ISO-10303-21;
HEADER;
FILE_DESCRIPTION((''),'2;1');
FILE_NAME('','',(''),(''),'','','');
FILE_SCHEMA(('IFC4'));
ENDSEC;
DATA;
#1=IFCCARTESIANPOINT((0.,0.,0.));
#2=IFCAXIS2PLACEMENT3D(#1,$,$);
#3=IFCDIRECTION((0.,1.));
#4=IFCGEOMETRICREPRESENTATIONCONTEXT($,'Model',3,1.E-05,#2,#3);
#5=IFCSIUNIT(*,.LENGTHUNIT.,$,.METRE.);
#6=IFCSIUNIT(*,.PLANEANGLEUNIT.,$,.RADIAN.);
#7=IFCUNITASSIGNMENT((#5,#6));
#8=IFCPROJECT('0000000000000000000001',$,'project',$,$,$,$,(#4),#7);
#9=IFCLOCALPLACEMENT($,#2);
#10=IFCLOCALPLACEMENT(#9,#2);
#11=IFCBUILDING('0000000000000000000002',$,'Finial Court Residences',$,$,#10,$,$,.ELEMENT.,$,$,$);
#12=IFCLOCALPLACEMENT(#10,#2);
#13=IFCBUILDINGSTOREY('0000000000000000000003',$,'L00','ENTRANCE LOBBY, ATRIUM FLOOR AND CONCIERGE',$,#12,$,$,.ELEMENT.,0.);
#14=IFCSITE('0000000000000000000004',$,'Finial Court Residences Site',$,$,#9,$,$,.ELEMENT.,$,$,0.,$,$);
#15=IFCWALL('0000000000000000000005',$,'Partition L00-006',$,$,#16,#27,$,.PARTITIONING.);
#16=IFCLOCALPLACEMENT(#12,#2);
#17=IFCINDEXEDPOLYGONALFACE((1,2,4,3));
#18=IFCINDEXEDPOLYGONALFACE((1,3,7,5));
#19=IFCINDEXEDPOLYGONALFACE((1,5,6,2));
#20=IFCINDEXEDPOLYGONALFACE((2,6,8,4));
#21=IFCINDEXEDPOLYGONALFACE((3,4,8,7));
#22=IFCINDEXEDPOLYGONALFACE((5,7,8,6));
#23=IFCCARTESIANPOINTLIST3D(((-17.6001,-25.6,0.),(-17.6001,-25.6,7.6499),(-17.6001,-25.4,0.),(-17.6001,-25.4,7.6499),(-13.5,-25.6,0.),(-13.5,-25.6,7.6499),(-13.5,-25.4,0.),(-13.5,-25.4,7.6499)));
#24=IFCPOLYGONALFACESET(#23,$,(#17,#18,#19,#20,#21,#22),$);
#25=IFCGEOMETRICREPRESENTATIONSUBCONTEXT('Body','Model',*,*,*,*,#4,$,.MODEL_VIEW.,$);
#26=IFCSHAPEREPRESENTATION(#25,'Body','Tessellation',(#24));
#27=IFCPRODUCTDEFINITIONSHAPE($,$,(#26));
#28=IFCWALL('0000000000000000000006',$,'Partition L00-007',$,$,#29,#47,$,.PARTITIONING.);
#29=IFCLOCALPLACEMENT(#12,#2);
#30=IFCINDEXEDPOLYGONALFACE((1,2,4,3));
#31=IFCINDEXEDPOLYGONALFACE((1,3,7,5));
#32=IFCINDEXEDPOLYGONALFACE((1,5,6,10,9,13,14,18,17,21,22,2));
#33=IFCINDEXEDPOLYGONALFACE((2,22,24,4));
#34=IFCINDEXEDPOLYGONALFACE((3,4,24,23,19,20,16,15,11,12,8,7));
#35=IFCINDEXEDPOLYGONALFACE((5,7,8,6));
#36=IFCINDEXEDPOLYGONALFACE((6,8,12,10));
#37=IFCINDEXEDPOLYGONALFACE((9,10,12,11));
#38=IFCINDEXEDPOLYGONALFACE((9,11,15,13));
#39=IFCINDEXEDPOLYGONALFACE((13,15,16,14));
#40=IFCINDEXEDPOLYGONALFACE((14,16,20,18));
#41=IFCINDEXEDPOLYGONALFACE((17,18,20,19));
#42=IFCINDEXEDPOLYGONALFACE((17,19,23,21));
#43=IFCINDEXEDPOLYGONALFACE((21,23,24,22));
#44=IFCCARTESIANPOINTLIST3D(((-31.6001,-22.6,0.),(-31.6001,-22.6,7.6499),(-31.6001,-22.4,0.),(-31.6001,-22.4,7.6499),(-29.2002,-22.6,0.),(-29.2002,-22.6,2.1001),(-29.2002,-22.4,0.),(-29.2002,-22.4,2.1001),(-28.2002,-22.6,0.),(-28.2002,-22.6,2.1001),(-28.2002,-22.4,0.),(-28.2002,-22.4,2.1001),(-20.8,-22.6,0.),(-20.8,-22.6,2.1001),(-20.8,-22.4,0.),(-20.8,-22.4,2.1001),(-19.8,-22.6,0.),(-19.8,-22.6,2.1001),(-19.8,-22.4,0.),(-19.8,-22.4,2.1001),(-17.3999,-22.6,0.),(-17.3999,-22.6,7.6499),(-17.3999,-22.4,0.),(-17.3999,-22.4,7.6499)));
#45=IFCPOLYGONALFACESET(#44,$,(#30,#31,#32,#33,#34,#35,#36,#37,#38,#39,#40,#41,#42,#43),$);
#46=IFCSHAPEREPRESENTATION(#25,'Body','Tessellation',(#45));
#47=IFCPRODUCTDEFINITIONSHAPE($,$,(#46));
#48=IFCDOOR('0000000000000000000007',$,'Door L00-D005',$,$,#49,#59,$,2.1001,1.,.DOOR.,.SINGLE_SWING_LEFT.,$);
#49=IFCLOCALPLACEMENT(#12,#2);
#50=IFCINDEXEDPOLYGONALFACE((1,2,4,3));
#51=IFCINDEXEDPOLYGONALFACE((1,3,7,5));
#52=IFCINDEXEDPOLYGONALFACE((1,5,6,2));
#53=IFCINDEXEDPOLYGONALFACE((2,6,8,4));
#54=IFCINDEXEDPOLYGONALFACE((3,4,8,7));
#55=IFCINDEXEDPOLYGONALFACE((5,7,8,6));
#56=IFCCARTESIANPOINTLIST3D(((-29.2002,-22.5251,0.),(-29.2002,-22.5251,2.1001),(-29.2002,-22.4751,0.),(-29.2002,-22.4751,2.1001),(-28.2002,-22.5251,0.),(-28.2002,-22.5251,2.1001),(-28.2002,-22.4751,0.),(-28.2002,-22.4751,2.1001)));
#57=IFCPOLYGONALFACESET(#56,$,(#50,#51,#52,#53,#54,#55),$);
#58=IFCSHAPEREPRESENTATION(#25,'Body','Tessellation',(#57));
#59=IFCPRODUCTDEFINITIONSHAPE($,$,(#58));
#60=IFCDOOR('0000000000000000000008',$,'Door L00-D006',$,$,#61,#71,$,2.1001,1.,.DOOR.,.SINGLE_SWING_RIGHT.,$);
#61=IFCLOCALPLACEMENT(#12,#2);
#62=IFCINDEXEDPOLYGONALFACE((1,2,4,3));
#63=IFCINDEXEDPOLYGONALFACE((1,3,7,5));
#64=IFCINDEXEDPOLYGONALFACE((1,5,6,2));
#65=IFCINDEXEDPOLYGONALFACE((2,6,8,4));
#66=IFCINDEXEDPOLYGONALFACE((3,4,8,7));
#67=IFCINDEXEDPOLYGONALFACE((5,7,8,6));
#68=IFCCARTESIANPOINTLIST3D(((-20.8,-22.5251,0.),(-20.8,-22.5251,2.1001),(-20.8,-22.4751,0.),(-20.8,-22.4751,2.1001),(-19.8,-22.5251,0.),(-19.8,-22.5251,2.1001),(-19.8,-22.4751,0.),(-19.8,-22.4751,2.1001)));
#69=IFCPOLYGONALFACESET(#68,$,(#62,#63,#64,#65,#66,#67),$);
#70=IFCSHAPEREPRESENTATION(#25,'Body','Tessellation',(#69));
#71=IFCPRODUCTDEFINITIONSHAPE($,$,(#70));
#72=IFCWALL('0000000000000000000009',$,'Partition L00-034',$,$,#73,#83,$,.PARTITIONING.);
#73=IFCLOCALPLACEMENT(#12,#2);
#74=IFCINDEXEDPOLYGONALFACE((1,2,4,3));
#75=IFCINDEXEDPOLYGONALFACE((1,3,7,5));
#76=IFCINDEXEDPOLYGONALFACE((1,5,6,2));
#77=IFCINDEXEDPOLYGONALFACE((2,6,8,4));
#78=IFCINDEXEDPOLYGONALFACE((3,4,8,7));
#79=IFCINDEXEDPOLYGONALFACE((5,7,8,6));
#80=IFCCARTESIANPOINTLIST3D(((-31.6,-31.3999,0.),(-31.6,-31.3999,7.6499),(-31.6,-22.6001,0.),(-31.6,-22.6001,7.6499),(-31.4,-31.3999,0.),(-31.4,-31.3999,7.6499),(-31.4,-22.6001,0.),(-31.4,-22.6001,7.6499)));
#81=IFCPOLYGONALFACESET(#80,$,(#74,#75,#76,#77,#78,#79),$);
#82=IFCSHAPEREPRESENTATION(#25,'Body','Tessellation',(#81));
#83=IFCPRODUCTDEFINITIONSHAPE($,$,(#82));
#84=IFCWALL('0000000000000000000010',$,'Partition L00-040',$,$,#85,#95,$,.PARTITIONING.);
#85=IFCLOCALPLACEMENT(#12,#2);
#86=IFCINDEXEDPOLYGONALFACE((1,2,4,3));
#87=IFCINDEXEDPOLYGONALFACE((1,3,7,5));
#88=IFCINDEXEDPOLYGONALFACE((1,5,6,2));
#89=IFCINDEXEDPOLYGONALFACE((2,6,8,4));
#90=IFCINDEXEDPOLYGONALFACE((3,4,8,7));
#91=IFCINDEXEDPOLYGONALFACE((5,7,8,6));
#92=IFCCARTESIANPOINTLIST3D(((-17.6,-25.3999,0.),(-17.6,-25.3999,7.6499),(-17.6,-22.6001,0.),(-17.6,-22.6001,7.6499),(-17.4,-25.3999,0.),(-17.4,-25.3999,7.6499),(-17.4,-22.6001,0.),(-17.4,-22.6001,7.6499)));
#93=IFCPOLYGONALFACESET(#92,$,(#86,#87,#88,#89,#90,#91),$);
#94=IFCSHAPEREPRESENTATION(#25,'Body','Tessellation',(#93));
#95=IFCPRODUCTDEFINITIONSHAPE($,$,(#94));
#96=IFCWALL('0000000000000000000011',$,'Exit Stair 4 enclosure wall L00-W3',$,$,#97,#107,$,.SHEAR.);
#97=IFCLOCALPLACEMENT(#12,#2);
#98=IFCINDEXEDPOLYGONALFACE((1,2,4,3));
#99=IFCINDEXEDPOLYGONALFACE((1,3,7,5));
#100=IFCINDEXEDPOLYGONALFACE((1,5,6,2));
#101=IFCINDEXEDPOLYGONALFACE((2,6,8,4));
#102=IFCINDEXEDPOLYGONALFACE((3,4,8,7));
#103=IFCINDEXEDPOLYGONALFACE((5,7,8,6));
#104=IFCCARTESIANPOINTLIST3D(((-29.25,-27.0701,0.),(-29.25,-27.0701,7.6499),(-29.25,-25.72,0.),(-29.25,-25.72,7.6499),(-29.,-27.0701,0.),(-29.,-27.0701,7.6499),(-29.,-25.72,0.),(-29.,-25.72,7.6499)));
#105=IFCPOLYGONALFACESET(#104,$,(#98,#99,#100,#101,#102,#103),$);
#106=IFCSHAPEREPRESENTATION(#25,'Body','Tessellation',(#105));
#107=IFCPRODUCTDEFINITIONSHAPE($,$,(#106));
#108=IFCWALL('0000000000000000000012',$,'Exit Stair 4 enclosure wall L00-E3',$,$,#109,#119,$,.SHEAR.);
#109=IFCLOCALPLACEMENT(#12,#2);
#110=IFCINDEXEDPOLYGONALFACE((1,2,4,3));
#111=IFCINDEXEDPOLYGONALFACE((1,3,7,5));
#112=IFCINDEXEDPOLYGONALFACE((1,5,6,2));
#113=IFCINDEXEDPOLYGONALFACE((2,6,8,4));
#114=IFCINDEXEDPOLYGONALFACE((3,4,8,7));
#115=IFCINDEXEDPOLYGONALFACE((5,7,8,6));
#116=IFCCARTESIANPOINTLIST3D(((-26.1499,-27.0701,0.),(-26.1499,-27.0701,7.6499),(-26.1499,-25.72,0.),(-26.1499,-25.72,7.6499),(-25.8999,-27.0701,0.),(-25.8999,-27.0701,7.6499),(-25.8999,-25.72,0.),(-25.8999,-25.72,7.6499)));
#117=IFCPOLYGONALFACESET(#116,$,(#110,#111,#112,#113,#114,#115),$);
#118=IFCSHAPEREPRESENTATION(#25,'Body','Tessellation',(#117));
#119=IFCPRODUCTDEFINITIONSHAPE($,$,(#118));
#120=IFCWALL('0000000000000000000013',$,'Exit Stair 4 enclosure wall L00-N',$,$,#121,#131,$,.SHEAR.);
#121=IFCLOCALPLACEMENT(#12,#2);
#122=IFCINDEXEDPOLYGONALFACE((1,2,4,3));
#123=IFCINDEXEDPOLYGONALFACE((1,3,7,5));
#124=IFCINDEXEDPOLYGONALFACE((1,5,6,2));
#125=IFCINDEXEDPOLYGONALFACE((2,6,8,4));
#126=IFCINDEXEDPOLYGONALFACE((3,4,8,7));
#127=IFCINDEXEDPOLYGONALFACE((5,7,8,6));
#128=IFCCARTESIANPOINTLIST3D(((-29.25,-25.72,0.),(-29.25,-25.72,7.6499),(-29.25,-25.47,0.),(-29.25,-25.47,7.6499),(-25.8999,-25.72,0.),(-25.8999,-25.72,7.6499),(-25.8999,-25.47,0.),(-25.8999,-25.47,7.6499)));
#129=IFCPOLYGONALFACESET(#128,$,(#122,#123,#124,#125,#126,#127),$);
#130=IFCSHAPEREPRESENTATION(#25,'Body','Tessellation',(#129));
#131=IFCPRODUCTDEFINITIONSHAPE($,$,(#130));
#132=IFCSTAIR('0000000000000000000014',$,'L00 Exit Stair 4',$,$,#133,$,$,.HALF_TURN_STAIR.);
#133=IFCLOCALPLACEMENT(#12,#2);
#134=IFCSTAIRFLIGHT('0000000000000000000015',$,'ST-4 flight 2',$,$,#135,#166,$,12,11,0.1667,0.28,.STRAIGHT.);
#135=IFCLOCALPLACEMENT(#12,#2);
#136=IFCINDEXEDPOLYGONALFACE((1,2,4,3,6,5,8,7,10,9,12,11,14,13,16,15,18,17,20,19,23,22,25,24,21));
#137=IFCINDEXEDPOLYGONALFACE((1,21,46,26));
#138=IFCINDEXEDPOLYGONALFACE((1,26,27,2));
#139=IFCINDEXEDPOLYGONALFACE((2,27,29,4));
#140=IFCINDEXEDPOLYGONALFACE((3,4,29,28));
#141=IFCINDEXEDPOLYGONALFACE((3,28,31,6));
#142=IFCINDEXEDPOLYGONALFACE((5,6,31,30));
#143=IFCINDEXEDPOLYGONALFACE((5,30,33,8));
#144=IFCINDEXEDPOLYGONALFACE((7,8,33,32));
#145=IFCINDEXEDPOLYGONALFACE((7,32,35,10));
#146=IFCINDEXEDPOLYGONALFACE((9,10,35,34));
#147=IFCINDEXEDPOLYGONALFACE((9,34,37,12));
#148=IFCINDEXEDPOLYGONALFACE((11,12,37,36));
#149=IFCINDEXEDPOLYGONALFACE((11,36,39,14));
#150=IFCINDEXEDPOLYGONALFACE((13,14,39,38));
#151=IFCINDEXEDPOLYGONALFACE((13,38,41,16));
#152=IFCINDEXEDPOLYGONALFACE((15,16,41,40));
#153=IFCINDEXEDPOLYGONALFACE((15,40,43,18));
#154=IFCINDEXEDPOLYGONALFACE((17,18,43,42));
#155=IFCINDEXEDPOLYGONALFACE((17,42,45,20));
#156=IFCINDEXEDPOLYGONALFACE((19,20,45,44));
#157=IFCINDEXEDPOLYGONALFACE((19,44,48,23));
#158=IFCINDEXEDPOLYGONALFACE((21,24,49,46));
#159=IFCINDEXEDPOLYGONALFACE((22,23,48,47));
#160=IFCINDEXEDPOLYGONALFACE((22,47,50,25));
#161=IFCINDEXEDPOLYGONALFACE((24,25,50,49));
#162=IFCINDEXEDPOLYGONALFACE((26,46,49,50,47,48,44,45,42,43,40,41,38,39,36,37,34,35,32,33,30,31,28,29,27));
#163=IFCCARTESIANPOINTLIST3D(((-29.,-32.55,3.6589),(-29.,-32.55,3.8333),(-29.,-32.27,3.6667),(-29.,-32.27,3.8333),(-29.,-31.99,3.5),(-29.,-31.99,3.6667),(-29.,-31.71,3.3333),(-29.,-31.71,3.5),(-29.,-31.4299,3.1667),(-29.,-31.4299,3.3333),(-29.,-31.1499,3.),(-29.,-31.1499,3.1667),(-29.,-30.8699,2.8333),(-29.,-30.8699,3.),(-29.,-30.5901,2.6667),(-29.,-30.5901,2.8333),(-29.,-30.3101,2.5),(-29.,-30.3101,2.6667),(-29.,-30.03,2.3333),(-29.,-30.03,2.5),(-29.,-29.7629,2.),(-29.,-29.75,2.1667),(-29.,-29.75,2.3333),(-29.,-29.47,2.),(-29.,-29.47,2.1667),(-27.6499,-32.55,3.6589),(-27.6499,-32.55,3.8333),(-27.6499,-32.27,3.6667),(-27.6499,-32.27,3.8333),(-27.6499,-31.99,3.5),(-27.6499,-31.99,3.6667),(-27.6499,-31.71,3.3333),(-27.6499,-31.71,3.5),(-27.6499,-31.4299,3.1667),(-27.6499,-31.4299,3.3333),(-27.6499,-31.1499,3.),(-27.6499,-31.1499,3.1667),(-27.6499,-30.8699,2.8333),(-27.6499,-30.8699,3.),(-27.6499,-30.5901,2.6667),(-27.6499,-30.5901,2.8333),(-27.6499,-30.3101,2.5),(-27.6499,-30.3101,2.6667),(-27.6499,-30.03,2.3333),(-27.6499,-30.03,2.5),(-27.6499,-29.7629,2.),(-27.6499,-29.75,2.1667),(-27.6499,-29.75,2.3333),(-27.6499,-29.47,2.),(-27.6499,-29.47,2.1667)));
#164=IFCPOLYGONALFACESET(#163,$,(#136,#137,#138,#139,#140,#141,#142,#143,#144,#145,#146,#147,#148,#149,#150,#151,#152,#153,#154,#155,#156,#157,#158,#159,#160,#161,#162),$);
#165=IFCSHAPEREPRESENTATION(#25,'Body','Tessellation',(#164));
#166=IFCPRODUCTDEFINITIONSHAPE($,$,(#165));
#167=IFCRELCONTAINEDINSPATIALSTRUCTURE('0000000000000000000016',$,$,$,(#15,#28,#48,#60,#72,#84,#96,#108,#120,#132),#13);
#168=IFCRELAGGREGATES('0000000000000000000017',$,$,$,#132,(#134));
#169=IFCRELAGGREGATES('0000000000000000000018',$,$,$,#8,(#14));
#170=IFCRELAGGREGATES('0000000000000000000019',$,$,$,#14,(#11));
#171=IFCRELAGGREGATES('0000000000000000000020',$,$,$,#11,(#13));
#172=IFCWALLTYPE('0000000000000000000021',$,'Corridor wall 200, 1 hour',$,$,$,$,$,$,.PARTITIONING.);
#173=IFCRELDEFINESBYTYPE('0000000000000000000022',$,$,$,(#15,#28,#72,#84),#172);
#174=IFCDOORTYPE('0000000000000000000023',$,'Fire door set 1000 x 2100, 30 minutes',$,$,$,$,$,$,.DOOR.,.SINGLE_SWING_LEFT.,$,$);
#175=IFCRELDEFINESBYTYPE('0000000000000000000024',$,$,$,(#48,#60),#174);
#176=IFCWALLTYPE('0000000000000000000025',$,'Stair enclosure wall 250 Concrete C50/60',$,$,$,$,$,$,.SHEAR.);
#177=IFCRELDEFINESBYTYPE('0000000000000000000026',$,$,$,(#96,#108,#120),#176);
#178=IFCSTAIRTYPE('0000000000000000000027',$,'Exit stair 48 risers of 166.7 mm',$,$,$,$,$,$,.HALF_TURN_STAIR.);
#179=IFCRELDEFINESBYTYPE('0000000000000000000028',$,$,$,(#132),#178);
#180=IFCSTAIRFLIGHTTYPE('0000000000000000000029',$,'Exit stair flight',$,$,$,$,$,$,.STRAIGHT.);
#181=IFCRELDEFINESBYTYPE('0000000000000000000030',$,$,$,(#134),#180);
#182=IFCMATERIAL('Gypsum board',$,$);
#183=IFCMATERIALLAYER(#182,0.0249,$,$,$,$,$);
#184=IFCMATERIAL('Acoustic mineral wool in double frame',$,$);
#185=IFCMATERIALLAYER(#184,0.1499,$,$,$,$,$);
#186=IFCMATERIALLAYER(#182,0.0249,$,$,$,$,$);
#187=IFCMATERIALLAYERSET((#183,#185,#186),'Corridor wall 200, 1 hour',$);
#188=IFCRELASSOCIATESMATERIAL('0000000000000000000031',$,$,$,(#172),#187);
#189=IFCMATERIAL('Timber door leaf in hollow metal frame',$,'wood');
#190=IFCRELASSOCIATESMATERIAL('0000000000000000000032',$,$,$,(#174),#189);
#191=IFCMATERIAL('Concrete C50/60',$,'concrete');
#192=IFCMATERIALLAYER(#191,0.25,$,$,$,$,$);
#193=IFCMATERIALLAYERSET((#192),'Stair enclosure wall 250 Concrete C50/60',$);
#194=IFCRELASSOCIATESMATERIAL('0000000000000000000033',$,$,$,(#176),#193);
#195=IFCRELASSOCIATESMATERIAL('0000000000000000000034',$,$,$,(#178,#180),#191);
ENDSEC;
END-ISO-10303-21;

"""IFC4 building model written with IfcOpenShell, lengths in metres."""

from ifc_helpers import new_model, si_unit, direction, frame, frame_2d, origin, place, context, subcontext, project, spatial, polyline, rectangle, outline, extrude, material, layer, layer_set, type_object, element, fill, aggregate, save


model = new_model("IFC4")

# Units and contexts
model_context = context("Model", 3, precision=1e-05, world=origin(), true_north=direction((0.0, 1.0)))
body_context = subcontext(model_context, "Body", "Model", "MODEL_VIEW")
ifc_project = project(units=[si_unit("LENGTHUNIT", "METRE"), si_unit("PLANEANGLEUNIT", "RADIAN")], contexts=[model_context])

# Site, building, storey
site_placement = place(None, origin())
site = spatial("IfcSite", under=ifc_project, at=site_placement, Name="Finial Court Residences Site", CompositionType="ELEMENT", RefElevation=0.0)
building_placement = place(site_placement, origin())
building = spatial("IfcBuilding", under=site, at=building_placement, Name="Finial Court Residences", CompositionType="ELEMENT")
storey_placement = place(building_placement, origin())
storey = spatial("IfcBuildingStorey", under=building, at=storey_placement, Name="L00", Description="ENTRANCE LOBBY, ATRIUM FLOOR AND CONCIERGE", CompositionType="ELEMENT", Elevation=0.0)

# Shared definitions
ifc_material_1 = material(Name="Concrete C50/60", Category="concrete")

# Wall
ifc_material_2 = material(Name="Gypsum board")
ifc_layer_1 = layer(ifc_material_2, 0.0249)
ifc_material_3 = material(Name="Acoustic mineral wool in double frame")
ifc_layer_2 = layer(ifc_material_3, 0.1499)
ifc_layer_3 = layer(ifc_material_2, 0.0249)
ifc_layer_set_1 = layer_set([ifc_layer_1, ifc_layer_2, ifc_layer_3], Name="Corridor wall 200, 1 hour")
wall_type_1 = type_object("IfcWallType", Name="Corridor wall 200, 1 hour", PredefinedType="PARTITIONING", material=ifc_layer_set_1)
wall_1_placement = place(storey_placement, frame((-17.6001, -25.5, 0.0), z_axis=(0.0, 0.0, 1.0), x_axis=(1.0, 0.0, 0.0)))
element("IfcWall", 1, at=wall_1_placement, inside=storey, type_object=wall_type_1, Name="Partition L00-006", PredefinedType="PARTITIONING", context=body_context, shape_type="SweptSolid", body=[
    extrude(rectangle(XDim=4.1001, YDim=0.2, at=frame_2d((2.05, 0.0))), origin(), (0.0, 0.0, 1.0), 7.6499),
])

# Wall, openings, doors
wall_2_placement = place(storey_placement, frame((-31.6001, -22.5, 0.0), z_axis=(0.0, 0.0, 1.0), x_axis=(1.0, 0.0, 0.0)))
wall_2 = element("IfcWall", 2, at=wall_2_placement, inside=storey, type_object=wall_type_1, Name="Partition L00-007", PredefinedType="PARTITIONING", context=body_context, shape_type="SweptSolid", body=[
    extrude(rectangle(XDim=14.2002, YDim=0.2, at=frame_2d((7.1001, 0.0))), origin(), (0.0, 0.0, 1.0), 7.6499),
])
opening_1_placement = place(wall_2_placement, frame((2.3999, 0.0, 0.0)))
opening_1 = element("IfcOpeningElement", 3, at=opening_1_placement, cuts=wall_2, PredefinedType="OPENING", context=body_context, shape_type="SweptSolid", body=[
    extrude(rectangle(XDim=1.0, YDim=2.1001, at=frame_2d((0.5, 1.05))), frame((0.0, 0.1099, 0.0), z_axis=(0.0, -1.0, 0.0), x_axis=(1.0, 0.0, 0.0)), (0.0, 0.0, 1.0), 0.22),
])
opening_2_placement = place(wall_2_placement, frame((10.8, 0.0, 0.0)))
opening_2 = element("IfcOpeningElement", 4, at=opening_2_placement, cuts=wall_2, PredefinedType="OPENING", context=body_context, shape_type="SweptSolid", body=[
    extrude(rectangle(XDim=1.0, YDim=2.1001, at=frame_2d((0.5, 1.05))), frame((0.0, 0.1099, 0.0), z_axis=(0.0, -1.0, 0.0), x_axis=(1.0, 0.0, 0.0)), (0.0, 0.0, 1.0), 0.22),
])
ifc_material_4 = material(Name="Timber door leaf in hollow metal frame", Category="wood")
door_type = type_object("IfcDoorType", Name="Fire door set 1000 x 2100, 30 minutes", OperationType="SINGLE_SWING_LEFT", PredefinedType="DOOR", material=ifc_material_4)
door_1_placement = place(opening_1_placement, origin())
door_1 = element("IfcDoor", 5, at=door_1_placement, inside=storey, type_object=door_type, Name="Door L00-D005", OperationType="SINGLE_SWING_LEFT", OverallHeight=2.1001, OverallWidth=1.0, PredefinedType="DOOR", context=body_context, shape_type="SweptSolid", body=[
    extrude(rectangle(XDim=1.0, YDim=2.1001, at=frame_2d((0.5, 1.05))), frame((0.0, 0.0249, 0.0), z_axis=(0.0, -1.0, 0.0), x_axis=(1.0, 0.0, 0.0)), (0.0, 0.0, 1.0), 0.05),
])
fill(opening_1, door_1)
door_2_placement = place(opening_2_placement, origin())
door_2 = element("IfcDoor", 6, at=door_2_placement, inside=storey, type_object=door_type, Name="Door L00-D006", OperationType="SINGLE_SWING_RIGHT", OverallHeight=2.1001, OverallWidth=1.0, PredefinedType="DOOR", context=body_context, shape_type="SweptSolid", body=[
    extrude(rectangle(XDim=1.0, YDim=2.1001, at=frame_2d((0.5, 1.05))), frame((0.0, 0.0249, 0.0), z_axis=(0.0, -1.0, 0.0), x_axis=(1.0, 0.0, 0.0)), (0.0, 0.0, 1.0), 0.05),
])
fill(opening_2, door_2)

# Walls
wall_3_placement = place(storey_placement, frame((-31.5, -31.3999, 0.0), z_axis=(0.0, 0.0, 1.0), x_axis=(0.0, 1.0, 0.0)))
element("IfcWall", 7, at=wall_3_placement, inside=storey, type_object=wall_type_1, Name="Partition L00-034", PredefinedType="PARTITIONING", context=body_context, shape_type="SweptSolid", body=[
    extrude(rectangle(XDim=8.7998, YDim=0.2, at=frame_2d((4.3999, 0.0))), origin(), (0.0, 0.0, 1.0), 7.6499),
])
wall_4_placement = place(storey_placement, frame((-17.5, -25.3999, 0.0), z_axis=(0.0, 0.0, 1.0), x_axis=(0.0, 1.0, 0.0)))
element("IfcWall", 8, at=wall_4_placement, inside=storey, type_object=wall_type_1, Name="Partition L00-040", PredefinedType="PARTITIONING", context=body_context, shape_type="SweptSolid", body=[
    extrude(rectangle(XDim=2.7998, YDim=0.2, at=frame_2d((1.3999, 0.0))), origin(), (0.0, 0.0, 1.0), 7.6499),
])
ifc_layer_4 = layer(ifc_material_1, 0.25)
ifc_layer_set_2 = layer_set([ifc_layer_4], Name="Stair enclosure wall 250 Concrete C50/60")
wall_type_2 = type_object("IfcWallType", Name="Stair enclosure wall 250 Concrete C50/60", PredefinedType="SHEAR", material=ifc_layer_set_2)
for number, where, z_axis, x_axis, name in (
    (9, (-29.125, -27.0701, 0.0), (0.0, 0.0, 1.0), (0.0, 1.0, 0.0), "Exit Stair 4 enclosure wall L00-W3"),
    (10, (-26.0249, -27.0701, 0.0), (0.0, 0.0, 1.0), (0.0, 1.0, 0.0), "Exit Stair 4 enclosure wall L00-E3"),
):
    element("IfcWall", number, at=place(storey_placement, frame(where, z_axis=z_axis, x_axis=x_axis)), inside=storey, type_object=wall_type_2, Name=name, PredefinedType="SHEAR", context=body_context, shape_type="SweptSolid", body=[
        extrude(rectangle(XDim=1.3501, YDim=0.25, at=frame_2d((0.675, 0.0))), origin(), (0.0, 0.0, 1.0), 7.6499),
    ])
wall_5_placement = place(storey_placement, frame((-29.25, -25.595, 0.0), z_axis=(0.0, 0.0, 1.0), x_axis=(1.0, 0.0, 0.0)))
element("IfcWall", 11, at=wall_5_placement, inside=storey, type_object=wall_type_2, Name="Exit Stair 4 enclosure wall L00-N", PredefinedType="SHEAR", context=body_context, shape_type="SweptSolid", body=[
    extrude(rectangle(XDim=3.3501, YDim=0.25, at=frame_2d((1.675, 0.0))), origin(), (0.0, 0.0, 1.0), 7.6499),
])

# Stair, stair flight
stair_type = type_object("IfcStairType", Name="Exit stair 48 risers of 166.7 mm", PredefinedType="HALF_TURN_STAIR", material=ifc_material_1)
stair_placement = place(storey_placement, origin())
stair = element("IfcStair", 12, at=stair_placement, inside=storey, type_object=stair_type, Name="L00 Exit Stair 4", PredefinedType="HALF_TURN_STAIR")
stair_flight_type = type_object("IfcStairFlightType", Name="Exit stair flight", PredefinedType="STRAIGHT", material=ifc_material_1)
stair_flight_1_placement = place(storey_placement, frame((-28.325, -29.47, 2.0), z_axis=(0.0, 0.0, 1.0), x_axis=(0.0, -1.0, 0.0)))
stair_flight_1 = element("IfcStairFlight", 13, at=stair_flight_1_placement, type_object=stair_flight_type, Name="ST-4 flight 2", NumberOfRisers=12, NumberOfTreads=11, PredefinedType="STRAIGHT", RiserHeight=0.1667, TreadLength=0.28, context=body_context, shape_type="SweptSolid", body=[
    extrude(outline(polyline([(0.0, 0.0), (0.0, 0.1667), (0.28, 0.1667), (0.28, 0.3333), (0.5601, 0.3333), (0.5601, 0.5), (0.8401, 0.5), (0.8401, 0.6667), (1.1201, 0.6667), (1.1201, 0.8333), (1.3999, 0.8333), (1.3999, 1.0), (1.6799, 1.0), (1.6799, 1.1667), (1.96, 1.1667), (1.96, 1.3333), (2.24, 1.3333), (2.24, 1.5), (2.52, 1.5), (2.52, 1.6667), (2.8, 1.6667), (2.8, 1.8333), (3.0801, 1.8333), (3.0801, 2.0), (3.0801, 1.6589), (0.293, 0.0), (0.0, 0.0)])), frame((0.0, 0.675, 0.0), z_axis=(0.0, -1.0, 0.0), x_axis=(1.0, 0.0, 0.0)), (0.0, 0.0, 1.0), 1.3501),
])
aggregate(stair, [stair_flight_1])

save(model, "model.ifc")
